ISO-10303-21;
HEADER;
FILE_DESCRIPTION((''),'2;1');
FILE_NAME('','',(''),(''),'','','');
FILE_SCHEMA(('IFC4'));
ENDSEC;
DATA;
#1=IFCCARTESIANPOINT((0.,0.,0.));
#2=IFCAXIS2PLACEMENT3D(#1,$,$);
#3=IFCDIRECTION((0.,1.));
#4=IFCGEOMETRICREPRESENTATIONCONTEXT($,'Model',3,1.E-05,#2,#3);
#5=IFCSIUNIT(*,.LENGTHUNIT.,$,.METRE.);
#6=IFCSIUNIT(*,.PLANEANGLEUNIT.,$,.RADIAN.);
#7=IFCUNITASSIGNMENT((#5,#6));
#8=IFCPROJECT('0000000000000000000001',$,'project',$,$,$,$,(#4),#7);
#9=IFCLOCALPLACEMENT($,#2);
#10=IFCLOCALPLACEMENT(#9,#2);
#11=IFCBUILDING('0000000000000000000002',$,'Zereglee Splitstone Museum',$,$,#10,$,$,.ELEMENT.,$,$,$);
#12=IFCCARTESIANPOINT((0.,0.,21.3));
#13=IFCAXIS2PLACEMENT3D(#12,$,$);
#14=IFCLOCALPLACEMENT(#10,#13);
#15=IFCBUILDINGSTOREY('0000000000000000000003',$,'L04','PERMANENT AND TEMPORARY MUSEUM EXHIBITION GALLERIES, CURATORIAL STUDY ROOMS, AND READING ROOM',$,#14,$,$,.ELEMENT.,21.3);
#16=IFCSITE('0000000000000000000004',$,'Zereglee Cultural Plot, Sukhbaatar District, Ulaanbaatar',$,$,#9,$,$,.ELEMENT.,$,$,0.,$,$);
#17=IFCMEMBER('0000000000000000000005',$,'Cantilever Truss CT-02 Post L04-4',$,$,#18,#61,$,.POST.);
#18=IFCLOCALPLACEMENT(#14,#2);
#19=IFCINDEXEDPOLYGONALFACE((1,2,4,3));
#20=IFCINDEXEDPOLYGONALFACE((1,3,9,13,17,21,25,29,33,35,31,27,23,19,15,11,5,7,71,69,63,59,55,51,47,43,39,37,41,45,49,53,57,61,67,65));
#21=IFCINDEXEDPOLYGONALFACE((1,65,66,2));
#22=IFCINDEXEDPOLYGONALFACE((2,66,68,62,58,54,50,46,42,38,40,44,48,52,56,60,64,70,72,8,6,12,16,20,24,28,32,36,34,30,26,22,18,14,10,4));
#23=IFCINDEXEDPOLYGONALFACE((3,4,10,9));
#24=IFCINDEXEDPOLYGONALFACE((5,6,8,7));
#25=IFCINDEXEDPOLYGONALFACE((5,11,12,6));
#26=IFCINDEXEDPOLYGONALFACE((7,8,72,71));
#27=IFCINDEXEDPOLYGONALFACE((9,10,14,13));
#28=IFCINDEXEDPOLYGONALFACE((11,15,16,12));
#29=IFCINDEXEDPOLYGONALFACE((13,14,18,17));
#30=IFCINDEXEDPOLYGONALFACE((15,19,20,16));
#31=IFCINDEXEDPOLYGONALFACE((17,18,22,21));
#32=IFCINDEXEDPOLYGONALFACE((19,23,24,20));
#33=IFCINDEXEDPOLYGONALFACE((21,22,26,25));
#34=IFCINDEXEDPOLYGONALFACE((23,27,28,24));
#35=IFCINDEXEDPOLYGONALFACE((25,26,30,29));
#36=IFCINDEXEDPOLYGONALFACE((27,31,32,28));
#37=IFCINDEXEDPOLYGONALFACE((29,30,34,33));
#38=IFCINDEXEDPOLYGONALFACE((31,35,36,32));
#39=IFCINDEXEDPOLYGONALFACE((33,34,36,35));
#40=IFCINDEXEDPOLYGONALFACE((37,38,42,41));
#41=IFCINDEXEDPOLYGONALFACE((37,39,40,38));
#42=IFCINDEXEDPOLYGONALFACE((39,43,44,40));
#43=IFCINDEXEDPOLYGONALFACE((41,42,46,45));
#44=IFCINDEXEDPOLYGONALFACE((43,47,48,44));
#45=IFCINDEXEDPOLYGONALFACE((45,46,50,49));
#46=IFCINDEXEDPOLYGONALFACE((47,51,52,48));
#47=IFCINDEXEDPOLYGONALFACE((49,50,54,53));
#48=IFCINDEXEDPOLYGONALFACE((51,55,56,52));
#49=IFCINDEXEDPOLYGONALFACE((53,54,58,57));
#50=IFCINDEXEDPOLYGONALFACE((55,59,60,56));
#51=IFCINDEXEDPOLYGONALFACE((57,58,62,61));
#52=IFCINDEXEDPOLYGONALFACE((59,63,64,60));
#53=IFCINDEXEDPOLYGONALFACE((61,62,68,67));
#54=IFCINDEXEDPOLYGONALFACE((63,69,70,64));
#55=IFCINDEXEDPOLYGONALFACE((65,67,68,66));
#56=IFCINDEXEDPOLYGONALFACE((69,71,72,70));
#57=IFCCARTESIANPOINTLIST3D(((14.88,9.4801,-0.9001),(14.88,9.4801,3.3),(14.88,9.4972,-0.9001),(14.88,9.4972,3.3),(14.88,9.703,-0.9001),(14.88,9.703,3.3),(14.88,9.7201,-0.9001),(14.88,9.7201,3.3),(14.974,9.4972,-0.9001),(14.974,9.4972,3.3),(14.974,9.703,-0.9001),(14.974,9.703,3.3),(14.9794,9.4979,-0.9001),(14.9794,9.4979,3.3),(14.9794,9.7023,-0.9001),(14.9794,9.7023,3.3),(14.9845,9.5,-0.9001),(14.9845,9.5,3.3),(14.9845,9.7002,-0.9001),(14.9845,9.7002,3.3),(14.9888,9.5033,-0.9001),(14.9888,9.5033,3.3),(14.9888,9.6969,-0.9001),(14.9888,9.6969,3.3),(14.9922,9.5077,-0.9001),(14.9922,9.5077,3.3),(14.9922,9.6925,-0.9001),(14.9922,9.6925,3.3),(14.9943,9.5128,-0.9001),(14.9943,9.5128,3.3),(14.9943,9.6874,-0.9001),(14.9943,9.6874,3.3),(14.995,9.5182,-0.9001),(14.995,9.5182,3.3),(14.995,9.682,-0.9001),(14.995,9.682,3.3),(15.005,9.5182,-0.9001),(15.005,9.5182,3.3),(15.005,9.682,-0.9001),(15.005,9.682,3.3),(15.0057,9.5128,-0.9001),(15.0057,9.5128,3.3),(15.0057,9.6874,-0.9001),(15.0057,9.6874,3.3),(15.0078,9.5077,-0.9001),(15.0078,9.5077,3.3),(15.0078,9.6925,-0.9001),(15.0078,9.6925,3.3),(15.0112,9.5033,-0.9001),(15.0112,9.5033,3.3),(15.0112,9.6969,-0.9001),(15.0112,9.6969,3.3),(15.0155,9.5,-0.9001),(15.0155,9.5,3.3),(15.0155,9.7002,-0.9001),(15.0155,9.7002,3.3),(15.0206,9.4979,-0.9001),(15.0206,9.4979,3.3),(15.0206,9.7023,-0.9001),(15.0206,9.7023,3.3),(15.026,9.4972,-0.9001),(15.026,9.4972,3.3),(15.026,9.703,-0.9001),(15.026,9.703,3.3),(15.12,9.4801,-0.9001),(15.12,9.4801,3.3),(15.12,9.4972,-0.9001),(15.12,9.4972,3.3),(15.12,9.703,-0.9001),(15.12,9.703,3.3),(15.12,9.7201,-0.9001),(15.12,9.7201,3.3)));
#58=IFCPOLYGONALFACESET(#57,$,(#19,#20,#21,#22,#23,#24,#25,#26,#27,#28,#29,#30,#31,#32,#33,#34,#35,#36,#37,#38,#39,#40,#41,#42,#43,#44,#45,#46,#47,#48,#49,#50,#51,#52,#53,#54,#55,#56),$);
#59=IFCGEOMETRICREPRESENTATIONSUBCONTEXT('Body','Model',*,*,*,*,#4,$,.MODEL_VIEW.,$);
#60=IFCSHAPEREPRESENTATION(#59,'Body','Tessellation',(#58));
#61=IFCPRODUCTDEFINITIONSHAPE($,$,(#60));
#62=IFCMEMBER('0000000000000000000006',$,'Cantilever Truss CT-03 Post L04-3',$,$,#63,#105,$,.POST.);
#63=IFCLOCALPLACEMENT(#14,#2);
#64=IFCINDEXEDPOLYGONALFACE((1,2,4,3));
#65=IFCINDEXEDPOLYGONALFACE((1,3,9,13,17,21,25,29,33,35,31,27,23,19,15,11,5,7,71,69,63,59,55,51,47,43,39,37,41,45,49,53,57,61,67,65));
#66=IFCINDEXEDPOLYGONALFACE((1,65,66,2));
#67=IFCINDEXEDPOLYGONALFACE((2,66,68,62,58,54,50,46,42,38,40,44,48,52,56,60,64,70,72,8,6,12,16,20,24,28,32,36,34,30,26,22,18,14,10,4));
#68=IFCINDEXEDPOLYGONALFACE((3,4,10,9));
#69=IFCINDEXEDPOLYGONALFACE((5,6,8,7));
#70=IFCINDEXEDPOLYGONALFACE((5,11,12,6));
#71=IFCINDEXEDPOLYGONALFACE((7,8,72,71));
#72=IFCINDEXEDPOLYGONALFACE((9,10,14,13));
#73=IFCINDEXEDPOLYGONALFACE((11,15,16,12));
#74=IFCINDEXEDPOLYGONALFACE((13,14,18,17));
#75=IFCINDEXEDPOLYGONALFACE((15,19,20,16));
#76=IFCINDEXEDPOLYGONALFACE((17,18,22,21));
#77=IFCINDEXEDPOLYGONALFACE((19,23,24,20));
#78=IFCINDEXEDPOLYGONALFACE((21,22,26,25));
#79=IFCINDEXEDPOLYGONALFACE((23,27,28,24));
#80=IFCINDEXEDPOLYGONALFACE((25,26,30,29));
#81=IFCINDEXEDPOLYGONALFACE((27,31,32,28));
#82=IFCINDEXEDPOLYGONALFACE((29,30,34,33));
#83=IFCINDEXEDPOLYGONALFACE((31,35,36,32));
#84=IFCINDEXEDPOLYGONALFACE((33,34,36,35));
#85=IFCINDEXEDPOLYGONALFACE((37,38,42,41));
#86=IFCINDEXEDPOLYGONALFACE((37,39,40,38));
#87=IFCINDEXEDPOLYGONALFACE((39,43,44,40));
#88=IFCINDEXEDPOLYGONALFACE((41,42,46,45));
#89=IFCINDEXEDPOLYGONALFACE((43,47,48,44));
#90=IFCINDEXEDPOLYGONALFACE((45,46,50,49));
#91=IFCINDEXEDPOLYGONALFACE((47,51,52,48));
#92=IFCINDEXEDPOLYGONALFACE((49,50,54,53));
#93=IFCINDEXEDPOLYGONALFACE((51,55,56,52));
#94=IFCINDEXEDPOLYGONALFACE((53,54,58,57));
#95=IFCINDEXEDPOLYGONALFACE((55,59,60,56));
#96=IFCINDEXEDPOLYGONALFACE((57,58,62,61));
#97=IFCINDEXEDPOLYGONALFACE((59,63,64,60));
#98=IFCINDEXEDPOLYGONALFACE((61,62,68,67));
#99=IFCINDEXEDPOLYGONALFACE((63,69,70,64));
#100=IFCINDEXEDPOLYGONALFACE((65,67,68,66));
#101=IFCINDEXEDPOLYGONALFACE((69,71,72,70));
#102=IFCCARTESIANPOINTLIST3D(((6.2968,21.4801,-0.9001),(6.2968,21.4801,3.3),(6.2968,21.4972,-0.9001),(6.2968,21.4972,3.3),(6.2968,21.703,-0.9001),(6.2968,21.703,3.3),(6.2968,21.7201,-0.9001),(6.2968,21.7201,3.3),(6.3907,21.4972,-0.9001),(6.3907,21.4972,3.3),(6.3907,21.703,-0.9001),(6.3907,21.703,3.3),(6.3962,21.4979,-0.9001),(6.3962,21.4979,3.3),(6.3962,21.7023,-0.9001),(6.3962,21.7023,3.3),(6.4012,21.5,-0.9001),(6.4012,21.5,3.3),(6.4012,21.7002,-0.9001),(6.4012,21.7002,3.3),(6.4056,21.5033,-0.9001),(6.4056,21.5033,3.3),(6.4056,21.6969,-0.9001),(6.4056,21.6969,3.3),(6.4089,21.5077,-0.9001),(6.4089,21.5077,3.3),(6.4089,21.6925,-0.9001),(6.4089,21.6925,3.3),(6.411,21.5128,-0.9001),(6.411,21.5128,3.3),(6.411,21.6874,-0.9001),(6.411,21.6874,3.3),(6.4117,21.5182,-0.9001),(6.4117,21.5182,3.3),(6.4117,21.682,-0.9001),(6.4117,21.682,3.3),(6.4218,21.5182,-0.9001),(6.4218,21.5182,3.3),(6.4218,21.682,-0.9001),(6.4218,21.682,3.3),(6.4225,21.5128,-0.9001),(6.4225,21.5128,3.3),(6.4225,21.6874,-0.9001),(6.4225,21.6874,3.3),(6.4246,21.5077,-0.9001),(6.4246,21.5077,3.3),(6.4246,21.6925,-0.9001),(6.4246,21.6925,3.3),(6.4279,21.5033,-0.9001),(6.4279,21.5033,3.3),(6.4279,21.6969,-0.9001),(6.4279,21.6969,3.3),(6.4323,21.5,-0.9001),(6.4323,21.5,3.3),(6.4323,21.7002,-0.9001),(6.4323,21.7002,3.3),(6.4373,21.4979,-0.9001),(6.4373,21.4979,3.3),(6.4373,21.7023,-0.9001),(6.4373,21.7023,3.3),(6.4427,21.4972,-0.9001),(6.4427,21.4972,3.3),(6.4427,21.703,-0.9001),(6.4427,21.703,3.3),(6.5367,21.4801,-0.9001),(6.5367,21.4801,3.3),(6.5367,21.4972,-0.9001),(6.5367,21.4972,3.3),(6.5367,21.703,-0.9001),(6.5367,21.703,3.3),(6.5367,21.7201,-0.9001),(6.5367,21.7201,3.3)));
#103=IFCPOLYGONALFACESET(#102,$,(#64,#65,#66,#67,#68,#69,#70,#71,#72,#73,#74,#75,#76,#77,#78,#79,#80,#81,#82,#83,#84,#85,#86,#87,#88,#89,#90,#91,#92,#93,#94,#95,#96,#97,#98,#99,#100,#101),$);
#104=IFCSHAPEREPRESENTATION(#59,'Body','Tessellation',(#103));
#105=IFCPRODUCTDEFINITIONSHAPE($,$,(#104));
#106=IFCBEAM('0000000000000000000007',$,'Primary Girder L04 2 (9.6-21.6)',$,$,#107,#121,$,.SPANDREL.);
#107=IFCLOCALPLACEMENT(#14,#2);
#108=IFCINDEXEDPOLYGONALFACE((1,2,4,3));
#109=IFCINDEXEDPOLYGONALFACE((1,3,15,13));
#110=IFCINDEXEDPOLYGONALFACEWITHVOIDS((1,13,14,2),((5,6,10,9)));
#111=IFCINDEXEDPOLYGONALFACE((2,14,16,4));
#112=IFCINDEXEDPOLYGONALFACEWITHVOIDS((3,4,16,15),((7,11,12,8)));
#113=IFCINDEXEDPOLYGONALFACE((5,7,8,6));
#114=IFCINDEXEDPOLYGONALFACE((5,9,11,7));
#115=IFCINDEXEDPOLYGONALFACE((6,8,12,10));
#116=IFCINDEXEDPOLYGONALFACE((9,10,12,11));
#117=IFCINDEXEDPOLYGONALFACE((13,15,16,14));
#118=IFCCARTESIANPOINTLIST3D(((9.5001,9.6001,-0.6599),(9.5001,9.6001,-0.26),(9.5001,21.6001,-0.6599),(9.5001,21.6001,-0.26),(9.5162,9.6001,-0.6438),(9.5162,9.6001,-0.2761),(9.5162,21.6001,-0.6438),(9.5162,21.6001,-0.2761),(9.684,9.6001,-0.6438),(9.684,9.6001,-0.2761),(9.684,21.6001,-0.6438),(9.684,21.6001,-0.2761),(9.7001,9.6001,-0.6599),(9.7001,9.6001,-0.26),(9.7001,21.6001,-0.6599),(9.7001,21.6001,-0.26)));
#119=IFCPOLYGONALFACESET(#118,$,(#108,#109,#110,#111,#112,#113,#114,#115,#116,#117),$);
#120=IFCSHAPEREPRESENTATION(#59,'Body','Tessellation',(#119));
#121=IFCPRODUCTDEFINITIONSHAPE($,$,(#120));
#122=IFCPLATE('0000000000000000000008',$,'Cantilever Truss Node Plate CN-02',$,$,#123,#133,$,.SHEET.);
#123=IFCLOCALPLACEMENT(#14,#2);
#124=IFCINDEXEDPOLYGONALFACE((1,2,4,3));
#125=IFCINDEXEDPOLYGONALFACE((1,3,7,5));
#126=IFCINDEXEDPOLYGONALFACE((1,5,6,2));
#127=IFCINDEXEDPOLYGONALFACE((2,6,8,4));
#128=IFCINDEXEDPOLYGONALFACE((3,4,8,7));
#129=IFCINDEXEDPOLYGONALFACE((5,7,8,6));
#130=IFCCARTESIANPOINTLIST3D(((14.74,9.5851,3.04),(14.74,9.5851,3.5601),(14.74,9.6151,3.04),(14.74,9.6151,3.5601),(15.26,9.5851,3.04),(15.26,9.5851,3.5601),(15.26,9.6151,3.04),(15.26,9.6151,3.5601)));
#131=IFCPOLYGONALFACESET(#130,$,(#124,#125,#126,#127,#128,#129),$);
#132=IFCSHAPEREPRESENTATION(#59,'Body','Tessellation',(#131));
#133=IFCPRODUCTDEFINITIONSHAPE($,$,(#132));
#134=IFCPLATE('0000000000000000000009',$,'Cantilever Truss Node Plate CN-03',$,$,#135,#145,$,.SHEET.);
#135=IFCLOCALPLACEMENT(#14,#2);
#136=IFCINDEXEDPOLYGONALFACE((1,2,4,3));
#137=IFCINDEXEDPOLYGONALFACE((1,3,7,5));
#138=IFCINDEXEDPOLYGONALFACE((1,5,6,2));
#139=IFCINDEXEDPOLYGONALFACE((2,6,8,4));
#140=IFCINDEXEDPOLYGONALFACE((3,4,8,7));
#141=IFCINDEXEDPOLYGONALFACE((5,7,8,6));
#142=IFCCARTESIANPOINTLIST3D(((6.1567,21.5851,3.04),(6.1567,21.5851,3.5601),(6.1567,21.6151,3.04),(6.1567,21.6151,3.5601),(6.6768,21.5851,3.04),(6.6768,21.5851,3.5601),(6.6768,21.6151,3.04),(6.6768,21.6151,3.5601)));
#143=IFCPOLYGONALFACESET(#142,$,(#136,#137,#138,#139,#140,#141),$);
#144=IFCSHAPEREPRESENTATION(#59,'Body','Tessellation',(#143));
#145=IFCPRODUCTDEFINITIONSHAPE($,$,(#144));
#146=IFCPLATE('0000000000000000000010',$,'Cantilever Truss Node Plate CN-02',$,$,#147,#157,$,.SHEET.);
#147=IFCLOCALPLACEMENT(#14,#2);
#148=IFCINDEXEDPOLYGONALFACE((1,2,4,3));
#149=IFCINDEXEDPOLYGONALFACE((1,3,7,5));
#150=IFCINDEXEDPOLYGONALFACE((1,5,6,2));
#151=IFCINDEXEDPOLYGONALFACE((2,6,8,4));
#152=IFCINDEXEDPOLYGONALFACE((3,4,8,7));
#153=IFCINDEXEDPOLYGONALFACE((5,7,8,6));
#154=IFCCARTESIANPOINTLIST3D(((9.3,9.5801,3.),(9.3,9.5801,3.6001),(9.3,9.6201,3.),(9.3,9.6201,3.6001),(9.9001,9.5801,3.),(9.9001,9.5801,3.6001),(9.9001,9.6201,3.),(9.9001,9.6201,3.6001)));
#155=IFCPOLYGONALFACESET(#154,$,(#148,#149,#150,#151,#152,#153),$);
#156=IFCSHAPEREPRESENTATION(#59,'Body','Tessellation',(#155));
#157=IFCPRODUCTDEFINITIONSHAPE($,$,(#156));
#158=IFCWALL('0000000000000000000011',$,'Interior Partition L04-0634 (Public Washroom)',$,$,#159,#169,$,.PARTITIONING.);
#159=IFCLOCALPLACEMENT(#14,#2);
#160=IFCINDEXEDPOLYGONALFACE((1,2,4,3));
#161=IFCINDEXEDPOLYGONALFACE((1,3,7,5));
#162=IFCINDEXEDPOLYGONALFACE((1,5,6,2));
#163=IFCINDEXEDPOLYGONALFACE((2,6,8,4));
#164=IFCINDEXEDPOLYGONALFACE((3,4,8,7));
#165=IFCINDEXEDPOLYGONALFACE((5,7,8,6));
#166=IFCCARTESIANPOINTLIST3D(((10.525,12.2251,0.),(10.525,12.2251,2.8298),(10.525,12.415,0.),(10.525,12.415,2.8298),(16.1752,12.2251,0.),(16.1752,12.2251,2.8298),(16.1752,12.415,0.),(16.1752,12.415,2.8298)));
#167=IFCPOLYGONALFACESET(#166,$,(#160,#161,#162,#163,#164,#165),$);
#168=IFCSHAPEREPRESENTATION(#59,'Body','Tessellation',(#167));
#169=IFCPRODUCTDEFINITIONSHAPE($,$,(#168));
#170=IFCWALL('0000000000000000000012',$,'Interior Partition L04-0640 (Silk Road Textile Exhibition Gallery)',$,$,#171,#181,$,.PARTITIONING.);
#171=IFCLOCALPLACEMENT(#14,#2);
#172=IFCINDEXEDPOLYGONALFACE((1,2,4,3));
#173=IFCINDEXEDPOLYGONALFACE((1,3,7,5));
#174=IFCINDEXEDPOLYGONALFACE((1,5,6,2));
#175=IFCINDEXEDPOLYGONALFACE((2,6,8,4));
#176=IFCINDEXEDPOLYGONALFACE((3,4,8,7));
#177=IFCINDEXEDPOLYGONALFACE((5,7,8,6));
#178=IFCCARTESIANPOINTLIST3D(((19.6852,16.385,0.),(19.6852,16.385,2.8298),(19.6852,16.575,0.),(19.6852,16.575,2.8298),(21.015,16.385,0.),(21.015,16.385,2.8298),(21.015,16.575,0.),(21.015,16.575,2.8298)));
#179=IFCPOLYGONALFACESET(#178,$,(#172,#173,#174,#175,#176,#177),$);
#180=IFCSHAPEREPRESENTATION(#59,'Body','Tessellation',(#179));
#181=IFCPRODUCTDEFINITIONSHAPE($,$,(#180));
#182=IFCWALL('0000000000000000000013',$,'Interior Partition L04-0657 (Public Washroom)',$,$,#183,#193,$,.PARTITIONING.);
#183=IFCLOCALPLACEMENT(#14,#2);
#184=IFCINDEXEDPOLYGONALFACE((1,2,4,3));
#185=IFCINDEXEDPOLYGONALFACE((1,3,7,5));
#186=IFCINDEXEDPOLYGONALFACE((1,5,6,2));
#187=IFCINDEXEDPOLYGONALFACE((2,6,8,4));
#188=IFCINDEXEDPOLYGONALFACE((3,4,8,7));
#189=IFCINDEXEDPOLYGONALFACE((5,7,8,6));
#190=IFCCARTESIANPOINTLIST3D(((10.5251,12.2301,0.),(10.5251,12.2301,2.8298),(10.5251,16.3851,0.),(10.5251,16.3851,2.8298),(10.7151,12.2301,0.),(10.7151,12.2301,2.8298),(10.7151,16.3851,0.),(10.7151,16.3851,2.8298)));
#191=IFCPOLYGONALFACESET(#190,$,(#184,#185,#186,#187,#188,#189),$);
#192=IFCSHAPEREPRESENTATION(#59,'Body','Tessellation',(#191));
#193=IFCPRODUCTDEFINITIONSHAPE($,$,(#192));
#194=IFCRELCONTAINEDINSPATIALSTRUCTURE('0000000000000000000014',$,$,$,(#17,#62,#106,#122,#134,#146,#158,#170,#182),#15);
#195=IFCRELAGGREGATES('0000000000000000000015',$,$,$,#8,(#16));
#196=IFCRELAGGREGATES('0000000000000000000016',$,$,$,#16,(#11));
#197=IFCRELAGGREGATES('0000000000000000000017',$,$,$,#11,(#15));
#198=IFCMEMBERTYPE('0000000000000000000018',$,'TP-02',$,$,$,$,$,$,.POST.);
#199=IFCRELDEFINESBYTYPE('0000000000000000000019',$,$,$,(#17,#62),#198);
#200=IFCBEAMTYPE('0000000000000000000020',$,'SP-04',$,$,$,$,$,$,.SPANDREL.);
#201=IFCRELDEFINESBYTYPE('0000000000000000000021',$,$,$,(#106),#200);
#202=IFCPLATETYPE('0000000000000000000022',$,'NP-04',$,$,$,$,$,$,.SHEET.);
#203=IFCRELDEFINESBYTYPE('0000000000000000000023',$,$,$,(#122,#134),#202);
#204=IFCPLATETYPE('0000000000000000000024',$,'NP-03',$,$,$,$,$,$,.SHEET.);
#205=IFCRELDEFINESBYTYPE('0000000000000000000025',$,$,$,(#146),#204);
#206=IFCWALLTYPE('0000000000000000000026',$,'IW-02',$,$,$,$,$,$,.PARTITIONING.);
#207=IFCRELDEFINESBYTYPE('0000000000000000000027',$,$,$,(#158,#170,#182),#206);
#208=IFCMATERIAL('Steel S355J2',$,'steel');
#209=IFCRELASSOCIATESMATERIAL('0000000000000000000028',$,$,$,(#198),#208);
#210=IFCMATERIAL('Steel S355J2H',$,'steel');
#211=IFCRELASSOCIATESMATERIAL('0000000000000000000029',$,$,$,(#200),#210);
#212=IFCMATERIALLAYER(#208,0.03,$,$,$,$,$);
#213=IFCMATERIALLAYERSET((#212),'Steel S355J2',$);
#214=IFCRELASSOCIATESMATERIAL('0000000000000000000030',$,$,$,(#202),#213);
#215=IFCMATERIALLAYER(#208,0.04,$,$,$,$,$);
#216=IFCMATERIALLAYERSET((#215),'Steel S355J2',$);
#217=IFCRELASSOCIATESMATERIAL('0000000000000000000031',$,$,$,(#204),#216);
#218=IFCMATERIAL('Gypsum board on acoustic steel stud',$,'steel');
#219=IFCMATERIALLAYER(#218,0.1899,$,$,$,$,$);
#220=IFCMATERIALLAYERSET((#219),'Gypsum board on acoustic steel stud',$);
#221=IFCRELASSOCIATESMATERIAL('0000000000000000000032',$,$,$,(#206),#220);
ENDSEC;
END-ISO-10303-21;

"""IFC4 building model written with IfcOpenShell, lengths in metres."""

from ifc_helpers import new_model, si_unit, direction, frame, frame_2d, origin, origin_2d, place, context, subcontext, project, spatial, rectangle, hollow_rectangle, i_section, extrude, material, layer, layer_set, material_profile, profile_set, type_object, element, save


model = new_model("IFC4")

# Units and contexts
model_context = context("Model", 3, precision=1e-05, world=origin(), true_north=direction((0.0, 1.0)))
body_context = subcontext(model_context, "Body", "Model", "MODEL_VIEW")
ifc_project = project(units=[si_unit("LENGTHUNIT", "METRE"), si_unit("PLANEANGLEUNIT", "RADIAN")], contexts=[model_context])

# Site, building, storey
site_placement = place(None, origin())
site = spatial("IfcSite", under=ifc_project, at=site_placement, Name="Zereglee Cultural Plot, Sukhbaatar District, Ulaanbaatar", CompositionType="ELEMENT", RefElevation=0.0)
building_placement = place(site_placement, origin())
building = spatial("IfcBuilding", under=site, at=building_placement, Name="Zereglee Splitstone Museum", CompositionType="ELEMENT")
storey_placement = place(building_placement, frame((0.0, 0.0, 21.3)))
storey = spatial("IfcBuildingStorey", under=building, at=storey_placement, Name="L04", Description="PERMANENT AND TEMPORARY MUSEUM EXHIBITION GALLERIES, CURATORIAL STUDY ROOMS, AND READING ROOM", CompositionType="ELEMENT", Elevation=21.3)

# Shared definitions
ifc_material_1 = material(Name="Steel S355J2H", Category="steel")

# Shared definitions
ifc_material_2 = material(Name="Steel S355J2", Category="steel")

# Members
ifc_material_profile_1 = material_profile(ifc_material_2, i_section(OverallWidth=0.24, OverallDepth=0.24, WebThickness=0.01, FlangeThickness=0.0171, FilletRadius=0.021, at=origin_2d()), Name="HE 240 B")
ifc_profile_set_1 = profile_set([ifc_material_profile_1], Name="Steel S355J2")
member_type_1 = type_object("IfcMemberType", Name="TP-02", PredefinedType="POST", material=ifc_profile_set_1)
for number, where, z_axis, x_axis, name in (
    (1, (15.0, 9.6001, -0.9001), (0.0, 0.0, 1.0), (1.0, 0.0, 0.0), "Cantilever Truss CT-02 Post L04-4"),
    (2, (6.4167, 21.6001, -0.9001), (0.0, 0.0, 1.0), (1.0, 0.0, 0.0), "Cantilever Truss CT-03 Post L04-3"),
):
    element("IfcMember", number, at=place(storey_placement, frame(where, z_axis=z_axis, x_axis=x_axis)), inside=storey, type_object=member_type_1, Name=name, PredefinedType="POST", context=body_context, shape_type="SweptSolid", body=[
        extrude(i_section(OverallWidth=0.24, OverallDepth=0.24, WebThickness=0.01, FlangeThickness=0.0171, FilletRadius=0.021, at=origin_2d()), origin(), (0.0, 0.0, 1.0), 4.2002),
    ])

# Beam
ifc_material_profile_2 = material_profile(ifc_material_1, hollow_rectangle(XDim=0.2, YDim=0.3999, WallThickness=0.0161, at=origin_2d()), Name="RHS 400x200x16")
ifc_profile_set_2 = profile_set([ifc_material_profile_2], Name="Steel S355J2H")
beam_type_1 = type_object("IfcBeamType", Name="SP-04", PredefinedType="SPANDREL", material=ifc_profile_set_2)
beam_1_placement = place(storey_placement, frame((9.6001, 9.6001, -0.46), z_axis=(0.0, 1.0, 0.0), x_axis=(-1.0, 0.0, 0.0)))
element("IfcBeam", 3, at=beam_1_placement, inside=storey, type_object=beam_type_1, Name="Primary Girder L04 2 (9.6-21.6)", PredefinedType="SPANDREL", context=body_context, shape_type="SweptSolid", body=[
    extrude(hollow_rectangle(XDim=0.2, YDim=0.3999, WallThickness=0.0161, at=origin_2d()), origin(), (0.0, 0.0, 1.0), 12.0),
])

# Plates
ifc_layer_1 = layer(ifc_material_2, 0.03)
ifc_layer_set_1 = layer_set([ifc_layer_1], Name="Steel S355J2")
plate_type_1 = type_object("IfcPlateType", Name="NP-04", PredefinedType="SHEET", material=ifc_layer_set_1)
for number, where, z_axis, x_axis, name in (
    (4, (15.0, 9.6001, 3.04), (0.0, 0.0, 1.0), (1.0, 0.0, 0.0), "Cantilever Truss Node Plate CN-02"),
    (5, (6.4167, 21.6001, 3.04), (0.0, 0.0, 1.0), (1.0, 0.0, 0.0), "Cantilever Truss Node Plate CN-03"),
):
    element("IfcPlate", number, at=place(storey_placement, frame(where, z_axis=z_axis, x_axis=x_axis)), inside=storey, type_object=plate_type_1, Name=name, PredefinedType="SHEET", context=body_context, shape_type="SweptSolid", body=[
        extrude(rectangle(XDim=0.52, YDim=0.03, at=origin_2d()), origin(), (0.0, 0.0, 1.0), 0.52),
    ])
ifc_layer_2 = layer(ifc_material_2, 0.04)
ifc_layer_set_2 = layer_set([ifc_layer_2], Name="Steel S355J2")
plate_type_2 = type_object("IfcPlateType", Name="NP-03", PredefinedType="SHEET", material=ifc_layer_set_2)
plate_placement = place(storey_placement, frame((9.6001, 9.6001, 3.0), z_axis=(0.0, 0.0, 1.0), x_axis=(1.0, 0.0, 0.0)))
element("IfcPlate", 6, at=plate_placement, inside=storey, type_object=plate_type_2, Name="Cantilever Truss Node Plate CN-02", PredefinedType="SHEET", context=body_context, shape_type="SweptSolid", body=[
    extrude(rectangle(XDim=0.6001, YDim=0.04, at=origin_2d()), origin(), (0.0, 0.0, 1.0), 0.6001),
])

# Walls
ifc_material_3 = material(Name="Gypsum board on acoustic steel stud", Category="steel")
ifc_layer_3 = layer(ifc_material_3, 0.1899)
ifc_layer_set_3 = layer_set([ifc_layer_3], Name="Gypsum board on acoustic steel stud")
wall_type = type_object("IfcWallType", Name="IW-02", PredefinedType="PARTITIONING", material=ifc_layer_set_3)
wall_1_placement = place(storey_placement, frame((10.5249, 12.3201, 0.0), z_axis=(0.0, 0.0, 1.0), x_axis=(1.0, 0.0, 0.0)))
element("IfcWall", 7, at=wall_1_placement, inside=storey, type_object=wall_type, Name="Interior Partition L04-0634 (Public Washroom)", PredefinedType="PARTITIONING", context=body_context, shape_type="SweptSolid", body=[
    extrude(rectangle(XDim=5.6501, YDim=0.1899, at=frame_2d((2.8252, 0.0))), origin(), (0.0, 0.0, 1.0), 2.8298),
])
wall_2_placement = place(storey_placement, frame((19.6851, 16.48, 0.0), z_axis=(0.0, 0.0, 1.0), x_axis=(1.0, 0.0, 0.0)))
element("IfcWall", 8, at=wall_2_placement, inside=storey, type_object=wall_type, Name="Interior Partition L04-0640 (Silk Road Textile Exhibition Gallery)", PredefinedType="PARTITIONING", context=body_context, shape_type="SweptSolid", body=[
    extrude(rectangle(XDim=1.3298, YDim=0.1899, at=frame_2d((0.665, 0.0))), origin(), (0.0, 0.0, 1.0), 2.8298),
])
for number, where, z_axis, x_axis, name in (
    (9, (10.6201, 12.23, 0.0), (0.0, 0.0, 1.0), (0.0, 1.0, 0.0), "Interior Partition L04-0657 (Public Washroom)"),
):
    element("IfcWall", number, at=place(storey_placement, frame(where, z_axis=z_axis, x_axis=x_axis)), inside=storey, type_object=wall_type, Name=name, PredefinedType="PARTITIONING", context=body_context, shape_type="SweptSolid", body=[
        extrude(rectangle(XDim=4.155, YDim=0.1899, at=frame_2d((2.0776, 0.0))), origin(), (0.0, 0.0, 1.0), 2.8298),
    ])

save(model, "model.ifc")
